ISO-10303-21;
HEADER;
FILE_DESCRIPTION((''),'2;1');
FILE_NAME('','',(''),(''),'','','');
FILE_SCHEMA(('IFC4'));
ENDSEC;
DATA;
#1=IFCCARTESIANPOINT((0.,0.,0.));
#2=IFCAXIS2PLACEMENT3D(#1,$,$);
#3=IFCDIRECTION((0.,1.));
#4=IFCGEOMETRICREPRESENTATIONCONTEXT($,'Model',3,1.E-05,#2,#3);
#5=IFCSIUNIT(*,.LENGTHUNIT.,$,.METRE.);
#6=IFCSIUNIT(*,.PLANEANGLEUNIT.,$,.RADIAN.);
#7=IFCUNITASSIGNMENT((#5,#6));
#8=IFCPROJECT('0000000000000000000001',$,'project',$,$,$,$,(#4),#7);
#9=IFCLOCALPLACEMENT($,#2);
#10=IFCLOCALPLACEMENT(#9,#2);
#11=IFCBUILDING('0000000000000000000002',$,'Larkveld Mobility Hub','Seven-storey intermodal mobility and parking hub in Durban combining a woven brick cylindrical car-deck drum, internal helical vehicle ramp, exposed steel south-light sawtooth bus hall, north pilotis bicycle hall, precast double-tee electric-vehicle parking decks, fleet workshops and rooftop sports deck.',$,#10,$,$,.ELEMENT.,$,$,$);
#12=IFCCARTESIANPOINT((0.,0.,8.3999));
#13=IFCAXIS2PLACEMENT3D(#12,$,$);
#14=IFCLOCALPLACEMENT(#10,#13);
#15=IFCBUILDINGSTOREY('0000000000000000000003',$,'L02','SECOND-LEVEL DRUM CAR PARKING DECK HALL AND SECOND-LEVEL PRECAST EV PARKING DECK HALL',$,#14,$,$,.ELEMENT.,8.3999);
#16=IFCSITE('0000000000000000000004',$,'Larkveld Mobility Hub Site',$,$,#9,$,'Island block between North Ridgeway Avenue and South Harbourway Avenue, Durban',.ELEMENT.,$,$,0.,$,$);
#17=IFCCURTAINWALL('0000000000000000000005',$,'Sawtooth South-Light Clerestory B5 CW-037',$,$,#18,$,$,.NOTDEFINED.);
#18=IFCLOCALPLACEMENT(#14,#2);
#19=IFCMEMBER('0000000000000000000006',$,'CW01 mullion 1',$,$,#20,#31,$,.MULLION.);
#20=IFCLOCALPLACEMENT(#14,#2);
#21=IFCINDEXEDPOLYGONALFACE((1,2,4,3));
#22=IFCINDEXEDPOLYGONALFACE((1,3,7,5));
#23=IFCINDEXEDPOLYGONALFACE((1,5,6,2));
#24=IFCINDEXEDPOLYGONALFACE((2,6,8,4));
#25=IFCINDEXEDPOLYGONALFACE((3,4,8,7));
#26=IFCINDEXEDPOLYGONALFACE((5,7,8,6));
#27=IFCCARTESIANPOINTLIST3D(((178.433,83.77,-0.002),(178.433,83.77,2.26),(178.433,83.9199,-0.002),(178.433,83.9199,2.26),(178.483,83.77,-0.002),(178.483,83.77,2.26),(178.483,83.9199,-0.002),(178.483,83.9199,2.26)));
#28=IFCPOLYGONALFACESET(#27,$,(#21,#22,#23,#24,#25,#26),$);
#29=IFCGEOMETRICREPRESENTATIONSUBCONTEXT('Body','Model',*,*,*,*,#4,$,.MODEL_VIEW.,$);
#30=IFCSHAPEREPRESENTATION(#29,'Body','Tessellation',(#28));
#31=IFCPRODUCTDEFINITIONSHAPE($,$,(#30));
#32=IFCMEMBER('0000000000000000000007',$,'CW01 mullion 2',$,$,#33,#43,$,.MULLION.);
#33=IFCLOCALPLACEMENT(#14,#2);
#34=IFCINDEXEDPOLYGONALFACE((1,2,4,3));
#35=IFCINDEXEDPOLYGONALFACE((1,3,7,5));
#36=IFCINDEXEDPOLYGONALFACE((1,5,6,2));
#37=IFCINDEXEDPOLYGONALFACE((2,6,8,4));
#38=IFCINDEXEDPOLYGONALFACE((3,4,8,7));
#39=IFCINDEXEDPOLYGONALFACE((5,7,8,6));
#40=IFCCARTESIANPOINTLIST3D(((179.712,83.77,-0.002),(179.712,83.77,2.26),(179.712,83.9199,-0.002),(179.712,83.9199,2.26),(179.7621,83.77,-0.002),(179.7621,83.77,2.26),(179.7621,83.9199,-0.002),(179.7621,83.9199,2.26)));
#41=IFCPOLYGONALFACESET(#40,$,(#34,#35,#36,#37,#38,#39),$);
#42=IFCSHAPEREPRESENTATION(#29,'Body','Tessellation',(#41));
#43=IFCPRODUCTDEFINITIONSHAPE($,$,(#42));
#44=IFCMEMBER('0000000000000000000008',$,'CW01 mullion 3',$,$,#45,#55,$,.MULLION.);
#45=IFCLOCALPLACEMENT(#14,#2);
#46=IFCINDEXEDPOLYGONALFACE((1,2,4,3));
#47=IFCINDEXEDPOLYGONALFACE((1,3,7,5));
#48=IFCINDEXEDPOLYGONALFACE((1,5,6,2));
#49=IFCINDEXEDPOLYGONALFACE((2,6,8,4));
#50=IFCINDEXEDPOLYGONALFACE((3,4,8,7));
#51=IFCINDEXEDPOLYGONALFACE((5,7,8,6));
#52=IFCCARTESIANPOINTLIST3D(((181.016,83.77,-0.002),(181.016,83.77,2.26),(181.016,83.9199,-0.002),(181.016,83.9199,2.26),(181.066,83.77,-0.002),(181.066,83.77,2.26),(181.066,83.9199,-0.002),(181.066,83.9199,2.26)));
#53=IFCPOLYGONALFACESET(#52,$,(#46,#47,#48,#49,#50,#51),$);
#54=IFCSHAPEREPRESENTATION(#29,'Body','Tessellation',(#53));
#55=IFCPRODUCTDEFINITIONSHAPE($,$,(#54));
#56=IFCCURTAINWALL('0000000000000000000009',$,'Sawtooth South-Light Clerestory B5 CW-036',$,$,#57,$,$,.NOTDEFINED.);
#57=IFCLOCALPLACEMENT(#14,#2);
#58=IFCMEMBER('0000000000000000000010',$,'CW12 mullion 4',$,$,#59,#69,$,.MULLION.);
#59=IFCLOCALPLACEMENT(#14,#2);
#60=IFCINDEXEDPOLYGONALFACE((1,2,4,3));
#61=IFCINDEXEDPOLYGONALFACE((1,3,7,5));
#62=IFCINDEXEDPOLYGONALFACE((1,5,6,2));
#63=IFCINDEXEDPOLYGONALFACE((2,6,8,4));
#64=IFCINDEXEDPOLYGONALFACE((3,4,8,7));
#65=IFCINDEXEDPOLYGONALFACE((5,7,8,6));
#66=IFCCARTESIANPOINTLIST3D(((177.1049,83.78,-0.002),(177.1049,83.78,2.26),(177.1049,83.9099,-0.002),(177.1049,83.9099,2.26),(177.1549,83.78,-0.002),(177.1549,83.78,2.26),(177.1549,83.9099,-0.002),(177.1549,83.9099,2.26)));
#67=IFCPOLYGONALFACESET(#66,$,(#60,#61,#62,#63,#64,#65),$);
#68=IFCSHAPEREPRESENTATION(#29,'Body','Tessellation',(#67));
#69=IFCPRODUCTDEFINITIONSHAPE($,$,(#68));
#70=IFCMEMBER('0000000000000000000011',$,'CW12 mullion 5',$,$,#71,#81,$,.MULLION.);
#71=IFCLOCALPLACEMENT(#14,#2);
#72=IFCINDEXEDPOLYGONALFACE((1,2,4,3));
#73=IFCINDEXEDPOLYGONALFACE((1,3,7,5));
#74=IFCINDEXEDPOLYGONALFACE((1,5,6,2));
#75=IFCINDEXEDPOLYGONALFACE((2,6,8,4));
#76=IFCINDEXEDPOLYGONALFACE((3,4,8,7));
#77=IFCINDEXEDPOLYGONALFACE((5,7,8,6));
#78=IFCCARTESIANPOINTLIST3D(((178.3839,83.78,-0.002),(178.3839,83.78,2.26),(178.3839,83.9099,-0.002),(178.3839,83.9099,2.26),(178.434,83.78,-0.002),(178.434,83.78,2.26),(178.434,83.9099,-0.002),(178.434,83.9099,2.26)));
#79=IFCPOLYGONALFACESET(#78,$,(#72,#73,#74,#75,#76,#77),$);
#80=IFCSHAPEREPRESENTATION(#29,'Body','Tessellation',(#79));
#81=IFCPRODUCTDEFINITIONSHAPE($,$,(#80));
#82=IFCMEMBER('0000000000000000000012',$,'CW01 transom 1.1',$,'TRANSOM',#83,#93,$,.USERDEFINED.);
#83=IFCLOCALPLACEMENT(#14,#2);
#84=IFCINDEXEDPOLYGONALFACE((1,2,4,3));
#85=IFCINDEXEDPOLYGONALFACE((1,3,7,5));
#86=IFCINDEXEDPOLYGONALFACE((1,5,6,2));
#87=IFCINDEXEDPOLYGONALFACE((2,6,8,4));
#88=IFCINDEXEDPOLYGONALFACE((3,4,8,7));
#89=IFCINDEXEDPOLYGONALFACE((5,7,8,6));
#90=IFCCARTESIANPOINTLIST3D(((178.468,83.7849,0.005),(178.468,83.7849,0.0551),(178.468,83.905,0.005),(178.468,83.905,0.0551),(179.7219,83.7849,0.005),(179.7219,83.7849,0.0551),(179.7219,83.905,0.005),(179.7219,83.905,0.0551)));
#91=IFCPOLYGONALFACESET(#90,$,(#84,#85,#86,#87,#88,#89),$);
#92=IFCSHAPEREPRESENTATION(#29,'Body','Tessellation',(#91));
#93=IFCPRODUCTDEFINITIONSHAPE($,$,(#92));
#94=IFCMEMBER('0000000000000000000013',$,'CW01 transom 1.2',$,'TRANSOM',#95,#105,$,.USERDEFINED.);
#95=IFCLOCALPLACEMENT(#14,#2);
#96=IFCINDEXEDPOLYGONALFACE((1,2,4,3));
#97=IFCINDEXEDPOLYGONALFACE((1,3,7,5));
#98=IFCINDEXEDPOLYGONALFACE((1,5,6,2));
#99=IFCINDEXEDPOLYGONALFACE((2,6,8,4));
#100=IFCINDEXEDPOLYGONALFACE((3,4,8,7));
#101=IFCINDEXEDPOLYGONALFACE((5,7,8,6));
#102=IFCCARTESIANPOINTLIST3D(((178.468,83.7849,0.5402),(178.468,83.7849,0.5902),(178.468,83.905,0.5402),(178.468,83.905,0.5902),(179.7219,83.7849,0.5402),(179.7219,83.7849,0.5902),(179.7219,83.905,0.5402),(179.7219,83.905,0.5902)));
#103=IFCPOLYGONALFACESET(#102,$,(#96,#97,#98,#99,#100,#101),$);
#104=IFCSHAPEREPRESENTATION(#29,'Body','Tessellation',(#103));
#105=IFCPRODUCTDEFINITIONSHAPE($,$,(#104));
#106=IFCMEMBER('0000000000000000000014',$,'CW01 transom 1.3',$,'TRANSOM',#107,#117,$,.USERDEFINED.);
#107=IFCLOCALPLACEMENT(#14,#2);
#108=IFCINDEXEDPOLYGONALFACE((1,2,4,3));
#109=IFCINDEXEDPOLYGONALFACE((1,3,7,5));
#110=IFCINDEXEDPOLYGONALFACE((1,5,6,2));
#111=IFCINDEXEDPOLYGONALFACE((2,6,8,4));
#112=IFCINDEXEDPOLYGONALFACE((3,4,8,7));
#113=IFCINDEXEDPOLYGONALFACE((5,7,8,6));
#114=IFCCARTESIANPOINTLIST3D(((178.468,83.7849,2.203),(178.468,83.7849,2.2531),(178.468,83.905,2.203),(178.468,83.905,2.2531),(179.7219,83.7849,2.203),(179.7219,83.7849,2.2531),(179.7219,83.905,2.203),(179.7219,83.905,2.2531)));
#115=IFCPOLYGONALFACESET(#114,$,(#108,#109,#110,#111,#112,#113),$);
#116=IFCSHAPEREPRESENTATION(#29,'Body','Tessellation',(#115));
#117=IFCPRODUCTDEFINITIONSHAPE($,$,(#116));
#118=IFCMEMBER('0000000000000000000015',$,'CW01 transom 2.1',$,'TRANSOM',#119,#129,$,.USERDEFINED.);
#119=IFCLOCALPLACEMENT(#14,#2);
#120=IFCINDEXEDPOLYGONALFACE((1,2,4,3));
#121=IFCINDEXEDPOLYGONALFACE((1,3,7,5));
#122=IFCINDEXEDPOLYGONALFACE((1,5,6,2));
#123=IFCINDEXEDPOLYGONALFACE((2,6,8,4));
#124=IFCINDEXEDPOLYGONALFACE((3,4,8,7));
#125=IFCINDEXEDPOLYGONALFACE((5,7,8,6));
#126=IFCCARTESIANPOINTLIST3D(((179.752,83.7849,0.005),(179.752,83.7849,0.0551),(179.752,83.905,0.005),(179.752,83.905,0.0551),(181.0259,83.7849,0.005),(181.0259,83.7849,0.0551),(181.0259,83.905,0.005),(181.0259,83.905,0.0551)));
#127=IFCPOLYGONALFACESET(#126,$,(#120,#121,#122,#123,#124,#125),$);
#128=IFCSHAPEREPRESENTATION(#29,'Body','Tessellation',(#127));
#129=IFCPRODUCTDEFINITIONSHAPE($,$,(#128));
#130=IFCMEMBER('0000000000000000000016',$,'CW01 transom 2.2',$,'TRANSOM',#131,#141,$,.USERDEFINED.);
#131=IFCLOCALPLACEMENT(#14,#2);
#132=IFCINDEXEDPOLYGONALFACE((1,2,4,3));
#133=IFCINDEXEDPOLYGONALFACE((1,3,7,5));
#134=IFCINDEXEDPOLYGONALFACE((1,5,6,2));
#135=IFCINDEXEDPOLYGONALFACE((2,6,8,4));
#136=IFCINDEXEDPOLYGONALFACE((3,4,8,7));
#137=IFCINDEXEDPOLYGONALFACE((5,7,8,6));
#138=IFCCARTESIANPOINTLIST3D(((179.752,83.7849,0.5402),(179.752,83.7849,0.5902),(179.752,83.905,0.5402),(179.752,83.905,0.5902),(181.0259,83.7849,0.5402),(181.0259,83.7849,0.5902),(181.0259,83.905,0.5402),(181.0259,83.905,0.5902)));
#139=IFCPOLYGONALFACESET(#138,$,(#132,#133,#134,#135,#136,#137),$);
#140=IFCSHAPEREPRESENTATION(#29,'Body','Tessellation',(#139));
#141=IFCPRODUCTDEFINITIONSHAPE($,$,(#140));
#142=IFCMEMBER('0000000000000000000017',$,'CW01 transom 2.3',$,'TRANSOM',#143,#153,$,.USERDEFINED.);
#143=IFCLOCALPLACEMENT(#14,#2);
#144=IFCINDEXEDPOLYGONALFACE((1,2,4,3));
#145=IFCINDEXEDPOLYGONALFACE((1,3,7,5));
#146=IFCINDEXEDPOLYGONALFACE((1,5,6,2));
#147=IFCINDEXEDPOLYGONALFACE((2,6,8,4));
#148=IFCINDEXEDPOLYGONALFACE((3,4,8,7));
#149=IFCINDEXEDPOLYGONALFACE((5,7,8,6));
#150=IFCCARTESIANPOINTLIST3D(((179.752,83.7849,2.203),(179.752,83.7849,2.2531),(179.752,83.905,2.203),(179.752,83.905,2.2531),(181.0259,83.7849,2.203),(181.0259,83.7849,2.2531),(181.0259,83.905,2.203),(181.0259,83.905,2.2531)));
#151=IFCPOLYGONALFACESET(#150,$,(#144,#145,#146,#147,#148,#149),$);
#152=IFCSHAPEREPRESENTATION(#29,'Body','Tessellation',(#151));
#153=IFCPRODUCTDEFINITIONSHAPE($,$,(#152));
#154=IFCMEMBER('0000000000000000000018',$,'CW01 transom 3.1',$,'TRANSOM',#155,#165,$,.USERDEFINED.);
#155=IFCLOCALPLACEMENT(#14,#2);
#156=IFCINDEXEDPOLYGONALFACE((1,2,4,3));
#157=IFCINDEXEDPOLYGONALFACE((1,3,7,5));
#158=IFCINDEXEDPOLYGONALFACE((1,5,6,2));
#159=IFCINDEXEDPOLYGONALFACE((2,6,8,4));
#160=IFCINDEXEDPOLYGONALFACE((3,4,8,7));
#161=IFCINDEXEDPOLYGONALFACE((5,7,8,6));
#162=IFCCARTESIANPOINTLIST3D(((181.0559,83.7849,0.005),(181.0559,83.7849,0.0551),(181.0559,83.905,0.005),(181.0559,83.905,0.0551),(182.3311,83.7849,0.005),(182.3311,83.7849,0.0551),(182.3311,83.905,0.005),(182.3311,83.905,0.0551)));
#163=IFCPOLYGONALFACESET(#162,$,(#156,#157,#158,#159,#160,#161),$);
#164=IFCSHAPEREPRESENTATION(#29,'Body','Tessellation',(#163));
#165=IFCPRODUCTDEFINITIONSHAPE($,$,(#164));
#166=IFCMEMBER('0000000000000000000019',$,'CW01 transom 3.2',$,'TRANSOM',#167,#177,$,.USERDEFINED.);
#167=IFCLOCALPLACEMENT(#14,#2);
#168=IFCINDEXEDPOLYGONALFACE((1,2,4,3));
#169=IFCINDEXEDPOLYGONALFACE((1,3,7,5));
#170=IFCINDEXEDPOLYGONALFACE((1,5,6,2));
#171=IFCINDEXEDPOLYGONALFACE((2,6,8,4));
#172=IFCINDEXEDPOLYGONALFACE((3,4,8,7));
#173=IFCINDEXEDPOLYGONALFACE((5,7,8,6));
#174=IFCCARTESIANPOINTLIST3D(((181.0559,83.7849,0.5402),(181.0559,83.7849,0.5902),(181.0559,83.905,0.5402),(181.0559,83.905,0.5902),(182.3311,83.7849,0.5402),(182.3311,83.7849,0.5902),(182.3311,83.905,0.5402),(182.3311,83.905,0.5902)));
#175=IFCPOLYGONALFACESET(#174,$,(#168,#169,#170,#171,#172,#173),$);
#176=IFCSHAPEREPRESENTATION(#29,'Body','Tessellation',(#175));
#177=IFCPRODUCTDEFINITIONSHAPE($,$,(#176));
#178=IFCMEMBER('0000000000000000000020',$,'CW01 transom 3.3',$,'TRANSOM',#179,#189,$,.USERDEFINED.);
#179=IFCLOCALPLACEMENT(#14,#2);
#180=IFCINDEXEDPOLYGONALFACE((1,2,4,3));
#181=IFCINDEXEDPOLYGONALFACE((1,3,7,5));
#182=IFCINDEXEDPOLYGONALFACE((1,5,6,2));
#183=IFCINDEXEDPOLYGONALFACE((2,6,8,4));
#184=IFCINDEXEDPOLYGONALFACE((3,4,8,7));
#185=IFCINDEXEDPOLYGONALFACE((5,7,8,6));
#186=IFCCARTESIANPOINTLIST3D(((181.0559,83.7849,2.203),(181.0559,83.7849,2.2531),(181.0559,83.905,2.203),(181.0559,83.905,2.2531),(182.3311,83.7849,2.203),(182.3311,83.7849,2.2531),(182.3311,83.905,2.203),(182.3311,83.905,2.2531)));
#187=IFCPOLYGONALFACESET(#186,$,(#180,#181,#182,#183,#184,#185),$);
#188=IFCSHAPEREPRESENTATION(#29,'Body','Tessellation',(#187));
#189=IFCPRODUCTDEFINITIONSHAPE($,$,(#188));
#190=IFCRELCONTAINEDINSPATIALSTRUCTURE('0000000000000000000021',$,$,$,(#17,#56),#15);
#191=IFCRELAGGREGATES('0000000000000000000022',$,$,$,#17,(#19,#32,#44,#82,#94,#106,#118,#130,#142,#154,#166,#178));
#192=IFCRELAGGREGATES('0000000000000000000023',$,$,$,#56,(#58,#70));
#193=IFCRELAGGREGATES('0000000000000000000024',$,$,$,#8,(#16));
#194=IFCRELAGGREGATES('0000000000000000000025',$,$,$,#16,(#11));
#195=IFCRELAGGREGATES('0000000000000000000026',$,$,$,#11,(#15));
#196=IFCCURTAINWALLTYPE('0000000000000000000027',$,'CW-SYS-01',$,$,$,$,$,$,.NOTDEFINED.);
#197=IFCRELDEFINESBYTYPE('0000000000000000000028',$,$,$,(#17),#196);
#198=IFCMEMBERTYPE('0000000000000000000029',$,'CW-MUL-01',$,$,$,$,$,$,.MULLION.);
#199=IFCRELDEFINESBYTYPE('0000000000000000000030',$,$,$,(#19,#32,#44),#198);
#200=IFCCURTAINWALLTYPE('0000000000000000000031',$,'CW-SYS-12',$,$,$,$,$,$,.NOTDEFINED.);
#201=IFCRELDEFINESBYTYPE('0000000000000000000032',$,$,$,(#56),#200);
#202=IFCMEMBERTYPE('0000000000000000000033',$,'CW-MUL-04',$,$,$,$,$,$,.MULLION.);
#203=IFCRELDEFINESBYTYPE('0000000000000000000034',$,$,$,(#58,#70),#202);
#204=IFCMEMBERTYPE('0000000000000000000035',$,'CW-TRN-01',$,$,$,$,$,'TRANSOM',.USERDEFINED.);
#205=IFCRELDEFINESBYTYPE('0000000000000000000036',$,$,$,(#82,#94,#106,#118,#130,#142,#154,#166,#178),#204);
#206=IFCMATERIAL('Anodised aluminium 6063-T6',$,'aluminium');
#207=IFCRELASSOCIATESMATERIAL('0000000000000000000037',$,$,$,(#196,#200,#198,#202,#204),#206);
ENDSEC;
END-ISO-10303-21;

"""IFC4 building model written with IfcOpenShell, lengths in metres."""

from ifc_helpers import new_model, si_unit, direction, frame, origin, origin_2d, place, context, subcontext, project, spatial, rectangle, extrude, material, material_profile, profile_set, type_object, element, aggregate, save


model = new_model("IFC4")

# Units and contexts
model_context = context("Model", 3, precision=1e-05, world=origin(), true_north=direction((0.0, 1.0)))
body_context = subcontext(model_context, "Body", "Model", "MODEL_VIEW")
ifc_project = project(units=[si_unit("LENGTHUNIT", "METRE"), si_unit("PLANEANGLEUNIT", "RADIAN")], contexts=[model_context])

# Site, building, storey
site_placement = place(None, origin())
site = spatial("IfcSite", under=ifc_project, at=site_placement, Name="Larkveld Mobility Hub Site", LongName="Island block between North Ridgeway Avenue and South Harbourway Avenue, Durban", CompositionType="ELEMENT", RefElevation=0.0)
building_placement = place(site_placement, origin())
building = spatial("IfcBuilding", under=site, at=building_placement, Name="Larkveld Mobility Hub", Description="Seven-storey intermodal mobility and parking hub in Durban combining a woven brick cylindrical car-deck drum, internal helical vehicle ramp, exposed steel south-light sawtooth bus hall, north pilotis bicycle hall, precast double-tee electric-vehicle parking decks, fleet workshops and rooftop sports deck.", CompositionType="ELEMENT")
storey_placement = place(building_placement, frame((0.0, 0.0, 8.3999)))
storey = spatial("IfcBuildingStorey", under=building, at=storey_placement, Name="L02", Description="SECOND-LEVEL DRUM CAR PARKING DECK HALL AND SECOND-LEVEL PRECAST EV PARKING DECK HALL", CompositionType="ELEMENT", Elevation=8.3999)

# Curtain walls, members
ifc_material_1 = material(Name="Anodised aluminium 6063-T6", Category="aluminium")
curtain_wall_type_1 = type_object("IfcCurtainWallType", Name="CW-SYS-01", PredefinedType="NOTDEFINED", material=ifc_material_1)
curtain_wall_1_placement = place(storey_placement, origin())
curtain_wall_1 = element("IfcCurtainWall", 1, at=curtain_wall_1_placement, inside=storey, type_object=curtain_wall_type_1, Name="Sawtooth South-Light Clerestory B5 CW-037", PredefinedType="NOTDEFINED")
ifc_material_profile_1 = material_profile(ifc_material_1, rectangle(XDim=0.05, YDim=0.1499, at=origin_2d()), Name="ALU MULL 50x150")
ifc_profile_set_1 = profile_set([ifc_material_profile_1], Name="Anodised aluminium 6063-T6")
member_type_1 = type_object("IfcMemberType", Name="CW-MUL-01", PredefinedType="MULLION", material=ifc_profile_set_1)
member_1_placement = place(storey_placement, frame((178.458, 83.845, -0.002), z_axis=(0.0, 0.0, 1.0), x_axis=(1.0, 0.0, 0.0)))
member_1 = element("IfcMember", 2, at=member_1_placement, type_object=member_type_1, Name="CW01 mullion 1", PredefinedType="MULLION", context=body_context, shape_type="SweptSolid", body=[
    extrude(rectangle(XDim=0.05, YDim=0.1499, at=origin_2d()), origin(), (0.0, 0.0, 1.0), 2.262),
])
member_2_placement = place(storey_placement, frame((179.7371, 83.845, -0.002), z_axis=(0.0, 0.0, 1.0), x_axis=(1.0, 0.0, 0.0)))
member_2 = element("IfcMember", 3, at=member_2_placement, type_object=member_type_1, Name="CW01 mullion 2", PredefinedType="MULLION", context=body_context, shape_type="SweptSolid", body=[
    extrude(rectangle(XDim=0.05, YDim=0.1499, at=origin_2d()), origin(), (0.0, 0.0, 1.0), 2.262),
])
member_3_placement = place(storey_placement, frame((181.041, 83.845, -0.002), z_axis=(0.0, 0.0, 1.0), x_axis=(1.0, 0.0, 0.0)))
member_3 = element("IfcMember", 4, at=member_3_placement, type_object=member_type_1, Name="CW01 mullion 3", PredefinedType="MULLION", context=body_context, shape_type="SweptSolid", body=[
    extrude(rectangle(XDim=0.05, YDim=0.1499, at=origin_2d()), origin(), (0.0, 0.0, 1.0), 2.262),
])
curtain_wall_type_2 = type_object("IfcCurtainWallType", Name="CW-SYS-12", PredefinedType="NOTDEFINED", material=ifc_material_1)
curtain_wall_2_placement = place(storey_placement, origin())
curtain_wall_2 = element("IfcCurtainWall", 5, at=curtain_wall_2_placement, inside=storey, type_object=curtain_wall_type_2, Name="Sawtooth South-Light Clerestory B5 CW-036", PredefinedType="NOTDEFINED")
ifc_material_profile_2 = material_profile(ifc_material_1, rectangle(XDim=0.05, YDim=0.1299, at=origin_2d()), Name="ALU MULL 50x130")
ifc_profile_set_2 = profile_set([ifc_material_profile_2], Name="Anodised aluminium 6063-T6")
member_type_2 = type_object("IfcMemberType", Name="CW-MUL-04", PredefinedType="MULLION", material=ifc_profile_set_2)
member_4_placement = place(storey_placement, frame((177.1299, 83.845, -0.002), z_axis=(0.0, 0.0, 1.0), x_axis=(1.0, 0.0, 0.0)))
member_4 = element("IfcMember", 6, at=member_4_placement, type_object=member_type_2, Name="CW12 mullion 4", PredefinedType="MULLION", context=body_context, shape_type="SweptSolid", body=[
    extrude(rectangle(XDim=0.05, YDim=0.1299, at=origin_2d()), origin(), (0.0, 0.0, 1.0), 2.262),
])
member_5_placement = place(storey_placement, frame((178.4089, 83.845, -0.002), z_axis=(0.0, 0.0, 1.0), x_axis=(1.0, 0.0, 0.0)))
member_5 = element("IfcMember", 7, at=member_5_placement, type_object=member_type_2, Name="CW12 mullion 5", PredefinedType="MULLION", context=body_context, shape_type="SweptSolid", body=[
    extrude(rectangle(XDim=0.05, YDim=0.1299, at=origin_2d()), origin(), (0.0, 0.0, 1.0), 2.262),
])

# Members
ifc_material_profile_3 = material_profile(ifc_material_1, rectangle(XDim=0.1201, YDim=0.05, at=origin_2d()), Name="ALU TRAN 50x120")
ifc_profile_set_3 = profile_set([ifc_material_profile_3], Name="Anodised aluminium 6063-T6")
member_type_3 = type_object("IfcMemberType", Name="CW-TRN-01", ElementType="TRANSOM", PredefinedType="USERDEFINED", material=ifc_profile_set_3)
member_6_placement = place(storey_placement, frame((178.468, 83.845, 0.03), z_axis=(1.0, 0.0, 0.0), x_axis=(0.0, 1.0, 0.0)))
member_6 = element("IfcMember", 8, at=member_6_placement, type_object=member_type_3, Name="CW01 transom 1.1", ObjectType="TRANSOM", PredefinedType="USERDEFINED", context=body_context, shape_type="SweptSolid", body=[
    extrude(rectangle(XDim=0.1201, YDim=0.05, at=origin_2d()), origin(), (0.0, 0.0, 1.0), 1.2539),
])
member_7_placement = place(storey_placement, frame((178.468, 83.845, 0.5652), z_axis=(1.0, 0.0, 0.0), x_axis=(0.0, 1.0, 0.0)))
member_7 = element("IfcMember", 9, at=member_7_placement, type_object=member_type_3, Name="CW01 transom 1.2", ObjectType="TRANSOM", PredefinedType="USERDEFINED", context=body_context, shape_type="SweptSolid", body=[
    extrude(rectangle(XDim=0.1201, YDim=0.05, at=origin_2d()), origin(), (0.0, 0.0, 1.0), 1.2539),
])
member_8_placement = place(storey_placement, frame((178.468, 83.845, 2.228), z_axis=(1.0, 0.0, 0.0), x_axis=(0.0, 1.0, 0.0)))
member_8 = element("IfcMember", 10, at=member_8_placement, type_object=member_type_3, Name="CW01 transom 1.3", ObjectType="TRANSOM", PredefinedType="USERDEFINED", context=body_context, shape_type="SweptSolid", body=[
    extrude(rectangle(XDim=0.1201, YDim=0.05, at=origin_2d()), origin(), (0.0, 0.0, 1.0), 1.2539),
])
member_9_placement = place(storey_placement, frame((179.752, 83.845, 0.03), z_axis=(1.0, 0.0, 0.0), x_axis=(0.0, 1.0, 0.0)))
member_9 = element("IfcMember", 11, at=member_9_placement, type_object=member_type_3, Name="CW01 transom 2.1", ObjectType="TRANSOM", PredefinedType="USERDEFINED", context=body_context, shape_type="SweptSolid", body=[
    extrude(rectangle(XDim=0.1201, YDim=0.05, at=origin_2d()), origin(), (0.0, 0.0, 1.0), 1.2739),
])
member_10_placement = place(storey_placement, frame((179.752, 83.845, 0.5652), z_axis=(1.0, 0.0, 0.0), x_axis=(0.0, 1.0, 0.0)))
member_10 = element("IfcMember", 12, at=member_10_placement, type_object=member_type_3, Name="CW01 transom 2.2", ObjectType="TRANSOM", PredefinedType="USERDEFINED", context=body_context, shape_type="SweptSolid", body=[
    extrude(rectangle(XDim=0.1201, YDim=0.05, at=origin_2d()), origin(), (0.0, 0.0, 1.0), 1.2739),
])
member_11_placement = place(storey_placement, frame((179.752, 83.845, 2.228), z_axis=(1.0, 0.0, 0.0), x_axis=(0.0, 1.0, 0.0)))
member_11 = element("IfcMember", 13, at=member_11_placement, type_object=member_type_3, Name="CW01 transom 2.3", ObjectType="TRANSOM", PredefinedType="USERDEFINED", context=body_context, shape_type="SweptSolid", body=[
    extrude(rectangle(XDim=0.1201, YDim=0.05, at=origin_2d()), origin(), (0.0, 0.0, 1.0), 1.2739),
])
member_12_placement = place(storey_placement, frame((181.0559, 83.845, 0.03), z_axis=(1.0, 0.0, 0.0), x_axis=(0.0, 1.0, 0.0)))
member_12 = element("IfcMember", 14, at=member_12_placement, type_object=member_type_3, Name="CW01 transom 3.1", ObjectType="TRANSOM", PredefinedType="USERDEFINED", context=body_context, shape_type="SweptSolid", body=[
    extrude(rectangle(XDim=0.1201, YDim=0.05, at=origin_2d()), origin(), (0.0, 0.0, 1.0), 1.2751),
])
member_13_placement = place(storey_placement, frame((181.0559, 83.845, 0.5652), z_axis=(1.0, 0.0, 0.0), x_axis=(0.0, 1.0, 0.0)))
member_13 = element("IfcMember", 15, at=member_13_placement, type_object=member_type_3, Name="CW01 transom 3.2", ObjectType="TRANSOM", PredefinedType="USERDEFINED", context=body_context, shape_type="SweptSolid", body=[
    extrude(rectangle(XDim=0.1201, YDim=0.05, at=origin_2d()), origin(), (0.0, 0.0, 1.0), 1.2751),
])
member_14_placement = place(storey_placement, frame((181.0559, 83.845, 2.228), z_axis=(1.0, 0.0, 0.0), x_axis=(0.0, 1.0, 0.0)))
member_14 = element("IfcMember", 16, at=member_14_placement, type_object=member_type_3, Name="CW01 transom 3.3", ObjectType="TRANSOM", PredefinedType="USERDEFINED", context=body_context, shape_type="SweptSolid", body=[
    extrude(rectangle(XDim=0.1201, YDim=0.05, at=origin_2d()), origin(), (0.0, 0.0, 1.0), 1.2751),
])

aggregate(curtain_wall_1, [member_1, member_2, member_3, member_6, member_7, member_8, member_9, member_10, member_11, member_12, member_13, member_14])
aggregate(curtain_wall_2, [member_4, member_5])

save(model, "model.ifc")
